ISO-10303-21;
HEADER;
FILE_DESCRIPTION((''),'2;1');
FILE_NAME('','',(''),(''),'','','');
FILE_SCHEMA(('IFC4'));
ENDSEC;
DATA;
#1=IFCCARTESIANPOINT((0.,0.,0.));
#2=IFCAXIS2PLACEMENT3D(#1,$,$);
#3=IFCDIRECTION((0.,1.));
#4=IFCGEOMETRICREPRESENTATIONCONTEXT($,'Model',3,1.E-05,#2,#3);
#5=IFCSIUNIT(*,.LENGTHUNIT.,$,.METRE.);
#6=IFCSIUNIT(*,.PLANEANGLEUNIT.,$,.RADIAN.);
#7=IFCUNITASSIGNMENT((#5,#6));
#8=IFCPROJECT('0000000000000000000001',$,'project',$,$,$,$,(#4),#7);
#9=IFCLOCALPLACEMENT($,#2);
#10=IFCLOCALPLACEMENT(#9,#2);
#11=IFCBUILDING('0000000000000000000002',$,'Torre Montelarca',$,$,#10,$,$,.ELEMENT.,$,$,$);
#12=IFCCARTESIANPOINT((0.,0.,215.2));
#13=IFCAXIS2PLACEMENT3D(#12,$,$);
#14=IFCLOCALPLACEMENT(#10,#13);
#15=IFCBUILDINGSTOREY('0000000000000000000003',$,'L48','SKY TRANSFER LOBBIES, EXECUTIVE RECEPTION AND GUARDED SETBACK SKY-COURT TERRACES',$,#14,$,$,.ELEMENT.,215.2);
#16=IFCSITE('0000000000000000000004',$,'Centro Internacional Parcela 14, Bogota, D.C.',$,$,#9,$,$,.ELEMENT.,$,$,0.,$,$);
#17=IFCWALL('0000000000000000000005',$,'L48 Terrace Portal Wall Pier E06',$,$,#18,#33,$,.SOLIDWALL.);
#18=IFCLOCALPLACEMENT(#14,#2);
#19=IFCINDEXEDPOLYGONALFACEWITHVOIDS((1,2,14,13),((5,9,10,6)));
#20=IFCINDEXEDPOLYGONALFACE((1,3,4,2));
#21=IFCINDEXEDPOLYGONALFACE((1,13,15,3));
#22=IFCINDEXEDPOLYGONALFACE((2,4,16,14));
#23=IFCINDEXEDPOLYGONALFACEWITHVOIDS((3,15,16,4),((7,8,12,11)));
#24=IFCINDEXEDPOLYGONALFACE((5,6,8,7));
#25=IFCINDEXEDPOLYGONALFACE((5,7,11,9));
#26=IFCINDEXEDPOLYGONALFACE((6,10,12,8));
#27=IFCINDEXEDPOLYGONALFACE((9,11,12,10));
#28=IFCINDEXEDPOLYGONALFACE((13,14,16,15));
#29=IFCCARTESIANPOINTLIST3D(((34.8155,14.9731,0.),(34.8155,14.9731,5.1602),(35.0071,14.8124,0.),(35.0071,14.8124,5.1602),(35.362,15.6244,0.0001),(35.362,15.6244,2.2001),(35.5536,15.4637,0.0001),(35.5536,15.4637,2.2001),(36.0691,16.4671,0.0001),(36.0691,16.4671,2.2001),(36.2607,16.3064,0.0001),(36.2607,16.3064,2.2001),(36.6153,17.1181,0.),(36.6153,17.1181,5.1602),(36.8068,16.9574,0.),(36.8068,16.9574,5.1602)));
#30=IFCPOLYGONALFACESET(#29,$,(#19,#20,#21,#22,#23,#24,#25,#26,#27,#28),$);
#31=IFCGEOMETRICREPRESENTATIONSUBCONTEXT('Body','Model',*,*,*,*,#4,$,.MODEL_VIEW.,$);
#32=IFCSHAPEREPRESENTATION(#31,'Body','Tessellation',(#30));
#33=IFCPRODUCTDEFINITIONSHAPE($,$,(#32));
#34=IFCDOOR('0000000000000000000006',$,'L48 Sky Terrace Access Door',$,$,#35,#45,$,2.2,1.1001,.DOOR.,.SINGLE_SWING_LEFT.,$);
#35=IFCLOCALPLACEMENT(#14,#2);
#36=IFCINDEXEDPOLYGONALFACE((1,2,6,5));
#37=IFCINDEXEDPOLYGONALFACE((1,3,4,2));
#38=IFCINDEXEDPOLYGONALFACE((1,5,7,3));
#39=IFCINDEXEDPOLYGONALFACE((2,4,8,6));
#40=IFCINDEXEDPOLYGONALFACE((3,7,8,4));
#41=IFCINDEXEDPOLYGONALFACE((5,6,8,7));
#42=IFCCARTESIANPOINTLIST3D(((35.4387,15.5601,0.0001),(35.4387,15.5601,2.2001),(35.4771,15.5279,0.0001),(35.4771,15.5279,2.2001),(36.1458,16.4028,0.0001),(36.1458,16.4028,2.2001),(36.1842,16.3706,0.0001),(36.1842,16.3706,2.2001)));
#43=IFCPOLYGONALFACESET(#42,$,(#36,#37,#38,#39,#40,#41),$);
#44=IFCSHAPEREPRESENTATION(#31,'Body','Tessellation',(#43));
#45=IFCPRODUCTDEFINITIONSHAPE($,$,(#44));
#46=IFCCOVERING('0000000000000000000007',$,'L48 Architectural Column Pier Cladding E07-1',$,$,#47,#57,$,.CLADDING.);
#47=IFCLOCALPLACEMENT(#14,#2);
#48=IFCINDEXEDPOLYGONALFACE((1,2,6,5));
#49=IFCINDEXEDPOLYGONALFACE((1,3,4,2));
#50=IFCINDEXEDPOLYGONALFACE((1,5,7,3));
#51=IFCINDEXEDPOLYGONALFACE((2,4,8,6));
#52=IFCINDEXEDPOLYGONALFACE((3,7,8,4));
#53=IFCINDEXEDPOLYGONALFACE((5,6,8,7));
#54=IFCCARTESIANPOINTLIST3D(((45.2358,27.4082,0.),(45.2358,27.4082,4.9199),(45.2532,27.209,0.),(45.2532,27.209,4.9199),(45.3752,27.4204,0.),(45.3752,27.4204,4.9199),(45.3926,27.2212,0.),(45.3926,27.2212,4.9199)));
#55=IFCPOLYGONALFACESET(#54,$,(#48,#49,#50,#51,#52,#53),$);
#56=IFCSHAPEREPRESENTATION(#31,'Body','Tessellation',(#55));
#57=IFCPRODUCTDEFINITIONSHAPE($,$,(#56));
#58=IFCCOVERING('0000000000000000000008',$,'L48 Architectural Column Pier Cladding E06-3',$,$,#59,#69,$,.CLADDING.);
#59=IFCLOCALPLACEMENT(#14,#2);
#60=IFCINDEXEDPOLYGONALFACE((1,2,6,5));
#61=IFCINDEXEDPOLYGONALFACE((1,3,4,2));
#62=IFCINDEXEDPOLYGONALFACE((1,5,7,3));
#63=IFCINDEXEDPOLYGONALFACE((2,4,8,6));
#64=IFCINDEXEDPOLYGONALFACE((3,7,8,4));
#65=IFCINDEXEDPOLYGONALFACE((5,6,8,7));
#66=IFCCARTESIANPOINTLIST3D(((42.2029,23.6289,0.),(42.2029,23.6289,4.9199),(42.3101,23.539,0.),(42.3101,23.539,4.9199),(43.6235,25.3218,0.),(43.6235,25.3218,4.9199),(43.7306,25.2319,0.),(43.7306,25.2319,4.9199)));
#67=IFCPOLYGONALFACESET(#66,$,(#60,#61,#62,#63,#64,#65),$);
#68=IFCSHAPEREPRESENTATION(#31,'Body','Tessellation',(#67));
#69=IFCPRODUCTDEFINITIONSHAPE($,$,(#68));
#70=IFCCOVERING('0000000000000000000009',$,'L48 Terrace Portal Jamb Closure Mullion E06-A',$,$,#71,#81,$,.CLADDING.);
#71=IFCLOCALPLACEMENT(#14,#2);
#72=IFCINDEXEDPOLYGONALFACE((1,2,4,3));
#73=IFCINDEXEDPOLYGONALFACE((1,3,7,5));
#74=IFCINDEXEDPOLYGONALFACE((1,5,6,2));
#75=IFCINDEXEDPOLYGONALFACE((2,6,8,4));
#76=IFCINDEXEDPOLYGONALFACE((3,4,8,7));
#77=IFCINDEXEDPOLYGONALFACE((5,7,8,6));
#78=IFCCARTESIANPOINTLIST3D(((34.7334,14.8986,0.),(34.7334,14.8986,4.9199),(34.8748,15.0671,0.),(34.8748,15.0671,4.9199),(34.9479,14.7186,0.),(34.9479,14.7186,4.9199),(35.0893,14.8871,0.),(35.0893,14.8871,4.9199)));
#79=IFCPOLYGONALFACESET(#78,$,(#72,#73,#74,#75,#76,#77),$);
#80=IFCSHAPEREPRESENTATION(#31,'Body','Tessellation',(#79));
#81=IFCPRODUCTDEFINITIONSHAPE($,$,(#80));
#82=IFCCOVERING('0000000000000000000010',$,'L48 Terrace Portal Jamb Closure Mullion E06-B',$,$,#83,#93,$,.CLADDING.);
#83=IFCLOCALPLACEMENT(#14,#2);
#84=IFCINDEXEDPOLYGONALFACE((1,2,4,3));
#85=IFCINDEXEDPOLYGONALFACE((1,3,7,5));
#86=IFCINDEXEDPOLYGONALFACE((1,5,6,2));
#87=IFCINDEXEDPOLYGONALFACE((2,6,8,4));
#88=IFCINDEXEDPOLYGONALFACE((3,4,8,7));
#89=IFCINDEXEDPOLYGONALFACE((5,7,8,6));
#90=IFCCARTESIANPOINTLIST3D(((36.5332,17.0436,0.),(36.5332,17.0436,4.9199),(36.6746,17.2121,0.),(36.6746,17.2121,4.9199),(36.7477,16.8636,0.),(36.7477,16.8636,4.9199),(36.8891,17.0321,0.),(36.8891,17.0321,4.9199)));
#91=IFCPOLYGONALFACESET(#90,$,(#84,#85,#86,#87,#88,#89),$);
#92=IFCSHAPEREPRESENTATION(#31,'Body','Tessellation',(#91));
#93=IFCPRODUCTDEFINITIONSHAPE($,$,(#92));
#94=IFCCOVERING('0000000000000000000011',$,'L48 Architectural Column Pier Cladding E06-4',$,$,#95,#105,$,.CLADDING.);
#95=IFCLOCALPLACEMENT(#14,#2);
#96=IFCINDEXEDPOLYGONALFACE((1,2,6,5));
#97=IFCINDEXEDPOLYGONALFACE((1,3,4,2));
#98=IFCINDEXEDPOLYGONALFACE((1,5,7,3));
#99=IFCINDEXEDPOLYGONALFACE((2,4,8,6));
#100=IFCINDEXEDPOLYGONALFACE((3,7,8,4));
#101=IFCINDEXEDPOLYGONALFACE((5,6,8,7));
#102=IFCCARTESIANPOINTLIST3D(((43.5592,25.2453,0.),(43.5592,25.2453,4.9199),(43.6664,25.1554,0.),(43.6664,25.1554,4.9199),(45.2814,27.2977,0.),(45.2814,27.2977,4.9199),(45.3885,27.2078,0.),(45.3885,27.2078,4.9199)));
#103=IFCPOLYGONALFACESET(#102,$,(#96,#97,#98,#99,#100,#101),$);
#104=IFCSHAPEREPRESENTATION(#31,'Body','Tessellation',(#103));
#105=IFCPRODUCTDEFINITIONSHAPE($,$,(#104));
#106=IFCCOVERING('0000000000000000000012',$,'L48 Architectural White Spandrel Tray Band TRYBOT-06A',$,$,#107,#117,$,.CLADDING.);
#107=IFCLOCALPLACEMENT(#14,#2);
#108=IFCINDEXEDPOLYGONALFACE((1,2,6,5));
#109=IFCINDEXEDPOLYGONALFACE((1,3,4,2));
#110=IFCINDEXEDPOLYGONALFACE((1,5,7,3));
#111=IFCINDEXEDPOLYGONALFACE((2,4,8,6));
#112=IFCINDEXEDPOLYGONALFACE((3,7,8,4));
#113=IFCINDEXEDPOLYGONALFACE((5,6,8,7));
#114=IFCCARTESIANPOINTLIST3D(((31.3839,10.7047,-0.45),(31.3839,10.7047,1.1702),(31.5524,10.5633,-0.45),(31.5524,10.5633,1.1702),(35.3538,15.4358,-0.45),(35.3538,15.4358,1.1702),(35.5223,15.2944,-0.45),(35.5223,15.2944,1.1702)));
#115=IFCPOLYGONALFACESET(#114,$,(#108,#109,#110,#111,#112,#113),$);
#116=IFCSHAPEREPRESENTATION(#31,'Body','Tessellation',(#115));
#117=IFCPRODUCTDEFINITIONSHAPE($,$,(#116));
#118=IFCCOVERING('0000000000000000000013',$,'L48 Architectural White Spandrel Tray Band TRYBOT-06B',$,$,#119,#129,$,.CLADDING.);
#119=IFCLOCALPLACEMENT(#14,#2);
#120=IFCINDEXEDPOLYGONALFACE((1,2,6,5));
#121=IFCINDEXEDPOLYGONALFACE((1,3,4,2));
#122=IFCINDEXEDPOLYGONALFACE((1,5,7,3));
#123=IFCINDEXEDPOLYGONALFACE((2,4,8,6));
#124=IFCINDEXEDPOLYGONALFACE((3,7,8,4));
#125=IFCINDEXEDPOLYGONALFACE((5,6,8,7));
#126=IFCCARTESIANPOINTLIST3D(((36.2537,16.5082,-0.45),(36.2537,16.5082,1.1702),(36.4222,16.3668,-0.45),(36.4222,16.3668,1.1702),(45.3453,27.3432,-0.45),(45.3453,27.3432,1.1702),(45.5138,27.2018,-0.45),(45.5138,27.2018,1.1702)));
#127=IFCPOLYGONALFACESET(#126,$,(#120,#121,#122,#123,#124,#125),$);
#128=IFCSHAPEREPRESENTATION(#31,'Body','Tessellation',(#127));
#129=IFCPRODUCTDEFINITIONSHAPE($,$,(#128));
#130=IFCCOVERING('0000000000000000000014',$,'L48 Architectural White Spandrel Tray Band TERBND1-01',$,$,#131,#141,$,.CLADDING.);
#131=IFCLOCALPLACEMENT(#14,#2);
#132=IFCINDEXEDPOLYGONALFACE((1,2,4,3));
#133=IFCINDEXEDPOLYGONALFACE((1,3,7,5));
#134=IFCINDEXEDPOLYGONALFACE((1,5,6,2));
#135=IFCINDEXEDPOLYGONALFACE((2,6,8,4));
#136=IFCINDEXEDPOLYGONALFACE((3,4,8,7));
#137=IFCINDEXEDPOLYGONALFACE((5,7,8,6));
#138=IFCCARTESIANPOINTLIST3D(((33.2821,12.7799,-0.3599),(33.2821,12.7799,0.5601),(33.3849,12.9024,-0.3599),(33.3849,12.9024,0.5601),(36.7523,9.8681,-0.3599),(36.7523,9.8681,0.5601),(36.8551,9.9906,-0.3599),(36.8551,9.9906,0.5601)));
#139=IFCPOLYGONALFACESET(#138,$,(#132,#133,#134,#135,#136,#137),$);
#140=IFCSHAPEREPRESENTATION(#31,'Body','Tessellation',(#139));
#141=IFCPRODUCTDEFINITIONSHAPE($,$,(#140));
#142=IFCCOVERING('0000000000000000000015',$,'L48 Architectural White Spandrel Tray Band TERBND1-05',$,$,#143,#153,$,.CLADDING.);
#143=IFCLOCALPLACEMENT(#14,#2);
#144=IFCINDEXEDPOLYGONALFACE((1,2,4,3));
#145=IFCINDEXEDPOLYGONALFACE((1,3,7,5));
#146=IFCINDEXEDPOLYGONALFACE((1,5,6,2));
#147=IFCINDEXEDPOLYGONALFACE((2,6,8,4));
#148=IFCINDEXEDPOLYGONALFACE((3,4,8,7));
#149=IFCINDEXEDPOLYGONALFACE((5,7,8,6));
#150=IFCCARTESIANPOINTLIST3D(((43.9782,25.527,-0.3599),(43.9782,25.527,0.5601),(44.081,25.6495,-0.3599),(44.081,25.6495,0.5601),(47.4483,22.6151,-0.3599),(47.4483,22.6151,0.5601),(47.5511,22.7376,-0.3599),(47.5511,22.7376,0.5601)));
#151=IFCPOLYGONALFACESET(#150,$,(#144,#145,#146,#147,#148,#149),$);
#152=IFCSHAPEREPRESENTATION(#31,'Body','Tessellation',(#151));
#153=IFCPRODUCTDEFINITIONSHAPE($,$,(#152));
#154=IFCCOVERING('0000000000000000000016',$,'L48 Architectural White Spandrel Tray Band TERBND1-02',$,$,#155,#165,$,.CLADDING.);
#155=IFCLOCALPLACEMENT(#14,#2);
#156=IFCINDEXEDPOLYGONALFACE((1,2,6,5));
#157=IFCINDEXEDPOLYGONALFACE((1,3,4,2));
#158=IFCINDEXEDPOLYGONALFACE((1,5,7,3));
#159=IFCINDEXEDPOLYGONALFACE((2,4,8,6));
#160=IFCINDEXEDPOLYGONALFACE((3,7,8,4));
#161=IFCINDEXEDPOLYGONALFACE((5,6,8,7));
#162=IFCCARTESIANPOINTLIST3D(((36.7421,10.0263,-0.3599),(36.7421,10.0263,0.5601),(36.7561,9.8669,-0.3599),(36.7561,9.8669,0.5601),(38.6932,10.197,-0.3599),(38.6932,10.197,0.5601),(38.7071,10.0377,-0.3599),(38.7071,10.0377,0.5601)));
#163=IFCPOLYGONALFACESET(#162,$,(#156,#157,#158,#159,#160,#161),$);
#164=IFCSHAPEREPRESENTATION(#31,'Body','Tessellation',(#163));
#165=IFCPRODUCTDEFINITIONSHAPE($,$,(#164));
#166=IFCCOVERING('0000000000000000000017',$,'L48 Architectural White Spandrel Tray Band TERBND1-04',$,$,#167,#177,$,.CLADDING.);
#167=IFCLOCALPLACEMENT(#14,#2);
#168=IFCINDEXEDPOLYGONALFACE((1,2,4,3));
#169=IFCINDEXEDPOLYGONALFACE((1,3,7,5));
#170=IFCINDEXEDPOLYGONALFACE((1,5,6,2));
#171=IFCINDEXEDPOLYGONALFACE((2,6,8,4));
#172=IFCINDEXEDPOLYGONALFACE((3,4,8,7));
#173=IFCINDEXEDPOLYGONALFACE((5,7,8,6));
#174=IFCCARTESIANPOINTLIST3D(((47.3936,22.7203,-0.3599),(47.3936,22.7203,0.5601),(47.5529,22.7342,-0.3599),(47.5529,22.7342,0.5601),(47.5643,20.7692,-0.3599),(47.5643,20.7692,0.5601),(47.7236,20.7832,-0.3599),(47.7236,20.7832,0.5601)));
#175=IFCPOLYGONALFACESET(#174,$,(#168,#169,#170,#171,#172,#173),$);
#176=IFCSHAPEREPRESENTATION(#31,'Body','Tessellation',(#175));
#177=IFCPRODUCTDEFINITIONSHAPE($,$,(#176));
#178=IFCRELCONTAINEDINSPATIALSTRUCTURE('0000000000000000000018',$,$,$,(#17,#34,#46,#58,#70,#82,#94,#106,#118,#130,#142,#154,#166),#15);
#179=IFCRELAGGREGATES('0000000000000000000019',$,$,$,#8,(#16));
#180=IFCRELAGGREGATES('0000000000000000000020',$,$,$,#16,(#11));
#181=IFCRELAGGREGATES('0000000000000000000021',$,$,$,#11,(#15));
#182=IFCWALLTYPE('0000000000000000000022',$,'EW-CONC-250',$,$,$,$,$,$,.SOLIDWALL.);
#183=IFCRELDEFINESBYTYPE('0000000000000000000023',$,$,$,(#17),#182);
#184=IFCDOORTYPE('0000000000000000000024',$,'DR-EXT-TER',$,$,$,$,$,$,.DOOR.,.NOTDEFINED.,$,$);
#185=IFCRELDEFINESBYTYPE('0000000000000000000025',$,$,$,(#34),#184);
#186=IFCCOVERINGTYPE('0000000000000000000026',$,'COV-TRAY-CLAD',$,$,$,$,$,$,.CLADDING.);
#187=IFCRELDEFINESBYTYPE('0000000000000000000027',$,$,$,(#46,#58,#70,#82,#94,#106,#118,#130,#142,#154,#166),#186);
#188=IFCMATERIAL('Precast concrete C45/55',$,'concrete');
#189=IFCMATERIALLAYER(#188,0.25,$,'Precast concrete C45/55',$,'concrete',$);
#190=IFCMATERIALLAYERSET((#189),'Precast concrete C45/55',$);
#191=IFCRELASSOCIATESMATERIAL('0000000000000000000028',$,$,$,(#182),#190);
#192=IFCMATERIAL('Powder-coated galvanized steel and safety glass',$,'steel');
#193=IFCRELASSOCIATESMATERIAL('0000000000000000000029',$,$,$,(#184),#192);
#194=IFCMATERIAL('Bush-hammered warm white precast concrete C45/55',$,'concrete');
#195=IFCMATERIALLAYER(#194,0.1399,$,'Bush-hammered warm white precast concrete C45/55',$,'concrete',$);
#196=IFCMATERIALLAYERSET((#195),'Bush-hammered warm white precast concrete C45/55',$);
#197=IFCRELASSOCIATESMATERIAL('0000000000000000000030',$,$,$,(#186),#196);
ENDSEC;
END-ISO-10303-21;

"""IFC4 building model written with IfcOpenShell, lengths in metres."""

from ifc_helpers import new_model, si_unit, direction, frame, frame_2d, origin, origin_2d, place, context, subcontext, project, spatial, rectangle, extrude, source, transform, mapped, material, layer, layer_set, type_object, element, fill, save


model = new_model("IFC4")

# Units and contexts
model_context = context("Model", 3, precision=1e-05, world=origin(), true_north=direction((0.0, 1.0)))
body_context = subcontext(model_context, "Body", "Model", "MODEL_VIEW")
ifc_project = project(units=[si_unit("LENGTHUNIT", "METRE"), si_unit("PLANEANGLEUNIT", "RADIAN")], contexts=[model_context])

# Site, building, storey
site_placement = place(None, origin())
site = spatial("IfcSite", under=ifc_project, at=site_placement, Name="Centro Internacional Parcela 14, Bogota, D.C.", CompositionType="ELEMENT", RefElevation=0.0)
building_placement = place(site_placement, origin())
building = spatial("IfcBuilding", under=site, at=building_placement, Name="Torre Montelarca", CompositionType="ELEMENT")
storey_placement = place(building_placement, frame((0.0, 0.0, 215.2)))
storey = spatial("IfcBuildingStorey", under=building, at=storey_placement, Name="L48", Description="SKY TRANSFER LOBBIES, EXECUTIVE RECEPTION AND GUARDED SETBACK SKY-COURT TERRACES", CompositionType="ELEMENT", Elevation=215.2)

# Wall, opening, door
ifc_material_1 = material(Name="Precast concrete C45/55", Category="concrete")
ifc_layer_1 = layer(ifc_material_1, 0.25, Name="Precast concrete C45/55", Category="concrete")
ifc_layer_set_1 = layer_set([ifc_layer_1], Name="Precast concrete C45/55")
wall_type = type_object("IfcWallType", Name="EW-CONC-250", PredefinedType="SOLIDWALL", material=ifc_layer_set_1)
wall_placement = place(storey_placement, frame((34.9114, 14.8928, 0.0), z_axis=(0.0, 0.0, 1.0), x_axis=(0.642771, 0.766059, 0.0)))
wall = element("IfcWall", 1, at=wall_placement, inside=storey, type_object=wall_type, Name="L48 Terrace Portal Wall Pier E06", PredefinedType="SOLIDWALL", context=body_context, shape_type="SweptSolid", body=[
    extrude(rectangle(XDim=2.8, YDim=0.25, at=frame_2d((1.3999, 0.0))), origin(), (0.0, 0.0, 1.0), 5.1602),
])
opening_placement = place(wall_placement, frame((0.8501, 0.0, 0.0)))
opening = element("IfcOpeningElement", 2, at=opening_placement, cuts=wall, PredefinedType="OPENING", context=body_context, shape_type="SweptSolid", body=[
    extrude(rectangle(XDim=1.1001, YDim=2.2, at=frame_2d((0.55, 1.1001))), frame((0.0, 0.135, 0.0), z_axis=(0.0, -1.0, 0.0), x_axis=(1.0, 0.0, 0.0)), (0.0, 0.0, 1.0), 0.27),
])
ifc_material_2 = material(Name="Powder-coated galvanized steel and safety glass", Category="steel")
door_type = type_object("IfcDoorType", Name="DR-EXT-TER", OperationType="NOTDEFINED", PredefinedType="DOOR", material=ifc_material_2)
shared_shape_1 = source(origin(), body_context, "Body", "SweptSolid", [
    extrude(rectangle(XDim=1.1001, YDim=2.2, at=frame_2d((0.55, 1.1001))), frame((0.0, 0.0249, 0.0), z_axis=(0.0, -1.0, 0.0), x_axis=(1.0, 0.0, 0.0)), (0.0, 0.0, 1.0), 0.05),
])
door_placement = place(opening_placement, origin())
door = element("IfcDoor", 3, at=door_placement, inside=storey, type_object=door_type, Name="L48 Sky Terrace Access Door", OperationType="SINGLE_SWING_LEFT", OverallHeight=2.2, OverallWidth=1.1001, PredefinedType="DOOR", context=body_context, shape_type="MappedRepresentation", body=[
    mapped(shared_shape_1, transform((0.0, 0.0, 0.0), scale=1.0)),
])
fill(opening, door)

# Coverings
ifc_material_3 = material(Name="Bush-hammered warm white precast concrete C45/55", Category="concrete")
ifc_layer_2 = layer(ifc_material_3, 0.1399, Name="Bush-hammered warm white precast concrete C45/55", Category="concrete")
ifc_layer_set_2 = layer_set([ifc_layer_2], Name="Bush-hammered warm white precast concrete C45/55")
covering_type = type_object("IfcCoveringType", Name="COV-TRAY-CLAD", PredefinedType="CLADDING", material=ifc_layer_set_2)
shared_shape_2 = source(origin(), body_context, "Body", "SweptSolid", [
    extrude(rectangle(XDim=0.2, YDim=0.1399, at=origin_2d()), origin(), (0.0, 0.0, 1.0), 4.9199),
])
covering_1_placement = place(storey_placement, frame((45.3142, 27.3147, 0.0), z_axis=(0.0, 0.0, 1.0), x_axis=(-0.087177, 0.996193, 0.0)))
element("IfcCovering", 4, at=covering_1_placement, inside=storey, type_object=covering_type, Name="L48 Architectural Column Pier Cladding E07-1", PredefinedType="CLADDING", context=body_context, shape_type="MappedRepresentation", body=[
    mapped(shared_shape_2, transform((0.0, 0.0, 0.0), scale=1.0)),
])
shared_shape_3 = source(origin(), body_context, "Body", "SweptSolid", [
    extrude(rectangle(XDim=2.21, YDim=0.1399, at=origin_2d()), origin(), (0.0, 0.0, 1.0), 4.9199),
])
covering_2_placement = place(storey_placement, frame((42.9668, 24.4304, 0.0), z_axis=(0.0, 0.0, 1.0), x_axis=(0.642788, 0.766044, 0.0)))
element("IfcCovering", 5, at=covering_2_placement, inside=storey, type_object=covering_type, Name="L48 Architectural Column Pier Cladding E06-3", PredefinedType="CLADDING", context=body_context, shape_type="MappedRepresentation", body=[
    mapped(shared_shape_3, transform((0.0, 0.0, 0.0), scale=1.0)),
])
shared_shape_4 = source(origin(), body_context, "Body", "SweptSolid", [
    extrude(rectangle(XDim=0.22, YDim=0.28, at=origin_2d()), origin(), (0.0, 0.0, 1.0), 4.9199),
])
for number, where, z_axis, x_axis, name in (
    (6, (34.9114, 14.8928, 0.0), (0.0, 0.0, 1.0), (0.642788, 0.766044, 0.0), "L48 Terrace Portal Jamb Closure Mullion E06-A"),
    (7, (36.7112, 17.0378, 0.0), (0.0, 0.0, 1.0), (0.642788, 0.766044, 0.0), "L48 Terrace Portal Jamb Closure Mullion E06-B"),
):
    element("IfcCovering", number, at=place(storey_placement, frame(where, z_axis=z_axis, x_axis=x_axis)), inside=storey, type_object=covering_type, Name=name, PredefinedType="CLADDING", context=body_context, shape_type="MappedRepresentation", body=[
        mapped(shared_shape_4, transform((0.0, 0.0, 0.0), scale=1.0)),
    ])
shared_shape_5 = source(origin(), body_context, "Body", "SweptSolid", [
    extrude(rectangle(XDim=2.6792, YDim=0.1399, at=origin_2d()), origin(), (0.0, 0.0, 1.0), 4.9199),
])
covering_3_placement = place(storey_placement, frame((44.4739, 26.2266, 0.0), z_axis=(0.0, 0.0, 1.0), x_axis=(0.642788, 0.766044, 0.0)))
element("IfcCovering", 8, at=covering_3_placement, inside=storey, type_object=covering_type, Name="L48 Architectural Column Pier Cladding E06-4", PredefinedType="CLADDING", context=body_context, shape_type="MappedRepresentation", body=[
    mapped(shared_shape_5, transform((0.0, 0.0, 0.0), scale=1.0)),
])
shared_shape_6 = source(origin(), body_context, "Body", "SweptSolid", [
    extrude(rectangle(XDim=6.176, YDim=0.22, at=origin_2d()), origin(), (0.0, 0.0, 1.0), 1.6201),
])
covering_4_placement = place(storey_placement, frame((33.4531, 12.9995, -0.45), z_axis=(0.0, 0.0, 1.0), x_axis=(0.642786, 0.766046, 0.0)))
element("IfcCovering", 9, at=covering_4_placement, inside=storey, type_object=covering_type, Name="L48 Architectural White Spandrel Tray Band TRYBOT-06A", PredefinedType="CLADDING", context=body_context, shape_type="MappedRepresentation", body=[
    mapped(shared_shape_6, transform((0.0, 0.0, 0.0), scale=1.0)),
])
shared_shape_7 = source(origin(), body_context, "Body", "SweptSolid", [
    extrude(rectangle(XDim=14.144, YDim=0.22, at=origin_2d()), origin(), (0.0, 0.0, 1.0), 1.6201),
])
covering_5_placement = place(storey_placement, frame((40.8838, 21.855, -0.45), z_axis=(0.0, 0.0, 1.0), x_axis=(0.642786, 0.766046, 0.0)))
element("IfcCovering", 10, at=covering_5_placement, inside=storey, type_object=covering_type, Name="L48 Architectural White Spandrel Tray Band TRYBOT-06B", PredefinedType="CLADDING", context=body_context, shape_type="MappedRepresentation", body=[
    mapped(shared_shape_7, transform((0.0, 0.0, 0.0), scale=1.0)),
])
shared_shape_8 = source(origin(), body_context, "Body", "SweptSolid", [
    extrude(rectangle(XDim=4.53, YDim=0.1599, at=origin_2d()), origin(), (0.0, 0.0, 1.0), 0.9199),
])
for number, where, z_axis, x_axis, name in (
    (11, (35.0686, 11.3853, -0.3599), (0.0, 0.0, 1.0), (0.766039, -0.642794, 0.0), "L48 Architectural White Spandrel Tray Band TERBND1-01"),
    (12, (45.7646, 24.1323, -0.3599), (0.0, 0.0, 1.0), (-0.766039, 0.642794, 0.0), "L48 Architectural White Spandrel Tray Band TERBND1-05"),
):
    element("IfcCovering", number, at=place(storey_placement, frame(where, z_axis=z_axis, x_axis=x_axis)), inside=storey, type_object=covering_type, Name=name, PredefinedType="CLADDING", context=body_context, shape_type="MappedRepresentation", body=[
        mapped(shared_shape_8, transform((0.0, 0.0, 0.0), scale=1.0)),
    ])
shared_shape_9 = source(origin(), body_context, "Body", "SweptSolid", [
    extrude(rectangle(XDim=1.9585, YDim=0.1599, at=origin_2d()), origin(), (0.0, 0.0, 1.0), 0.9199),
])
for number, where, z_axis, x_axis, name in (
    (13, (37.7246, 10.032, -0.3599), (0.0, 0.0, 1.0), (0.996192, 0.087191, 0.0), "L48 Architectural White Spandrel Tray Band TERBND1-02"),
    (14, (47.5586, 21.7517, -0.3599), (0.0, 0.0, 1.0), (-0.087191, 0.996192, 0.0), "L48 Architectural White Spandrel Tray Band TERBND1-04"),
):
    element("IfcCovering", number, at=place(storey_placement, frame(where, z_axis=z_axis, x_axis=x_axis)), inside=storey, type_object=covering_type, Name=name, PredefinedType="CLADDING", context=body_context, shape_type="MappedRepresentation", body=[
        mapped(shared_shape_9, transform((0.0, 0.0, 0.0), scale=1.0)),
    ])

save(model, "model.ifc")
